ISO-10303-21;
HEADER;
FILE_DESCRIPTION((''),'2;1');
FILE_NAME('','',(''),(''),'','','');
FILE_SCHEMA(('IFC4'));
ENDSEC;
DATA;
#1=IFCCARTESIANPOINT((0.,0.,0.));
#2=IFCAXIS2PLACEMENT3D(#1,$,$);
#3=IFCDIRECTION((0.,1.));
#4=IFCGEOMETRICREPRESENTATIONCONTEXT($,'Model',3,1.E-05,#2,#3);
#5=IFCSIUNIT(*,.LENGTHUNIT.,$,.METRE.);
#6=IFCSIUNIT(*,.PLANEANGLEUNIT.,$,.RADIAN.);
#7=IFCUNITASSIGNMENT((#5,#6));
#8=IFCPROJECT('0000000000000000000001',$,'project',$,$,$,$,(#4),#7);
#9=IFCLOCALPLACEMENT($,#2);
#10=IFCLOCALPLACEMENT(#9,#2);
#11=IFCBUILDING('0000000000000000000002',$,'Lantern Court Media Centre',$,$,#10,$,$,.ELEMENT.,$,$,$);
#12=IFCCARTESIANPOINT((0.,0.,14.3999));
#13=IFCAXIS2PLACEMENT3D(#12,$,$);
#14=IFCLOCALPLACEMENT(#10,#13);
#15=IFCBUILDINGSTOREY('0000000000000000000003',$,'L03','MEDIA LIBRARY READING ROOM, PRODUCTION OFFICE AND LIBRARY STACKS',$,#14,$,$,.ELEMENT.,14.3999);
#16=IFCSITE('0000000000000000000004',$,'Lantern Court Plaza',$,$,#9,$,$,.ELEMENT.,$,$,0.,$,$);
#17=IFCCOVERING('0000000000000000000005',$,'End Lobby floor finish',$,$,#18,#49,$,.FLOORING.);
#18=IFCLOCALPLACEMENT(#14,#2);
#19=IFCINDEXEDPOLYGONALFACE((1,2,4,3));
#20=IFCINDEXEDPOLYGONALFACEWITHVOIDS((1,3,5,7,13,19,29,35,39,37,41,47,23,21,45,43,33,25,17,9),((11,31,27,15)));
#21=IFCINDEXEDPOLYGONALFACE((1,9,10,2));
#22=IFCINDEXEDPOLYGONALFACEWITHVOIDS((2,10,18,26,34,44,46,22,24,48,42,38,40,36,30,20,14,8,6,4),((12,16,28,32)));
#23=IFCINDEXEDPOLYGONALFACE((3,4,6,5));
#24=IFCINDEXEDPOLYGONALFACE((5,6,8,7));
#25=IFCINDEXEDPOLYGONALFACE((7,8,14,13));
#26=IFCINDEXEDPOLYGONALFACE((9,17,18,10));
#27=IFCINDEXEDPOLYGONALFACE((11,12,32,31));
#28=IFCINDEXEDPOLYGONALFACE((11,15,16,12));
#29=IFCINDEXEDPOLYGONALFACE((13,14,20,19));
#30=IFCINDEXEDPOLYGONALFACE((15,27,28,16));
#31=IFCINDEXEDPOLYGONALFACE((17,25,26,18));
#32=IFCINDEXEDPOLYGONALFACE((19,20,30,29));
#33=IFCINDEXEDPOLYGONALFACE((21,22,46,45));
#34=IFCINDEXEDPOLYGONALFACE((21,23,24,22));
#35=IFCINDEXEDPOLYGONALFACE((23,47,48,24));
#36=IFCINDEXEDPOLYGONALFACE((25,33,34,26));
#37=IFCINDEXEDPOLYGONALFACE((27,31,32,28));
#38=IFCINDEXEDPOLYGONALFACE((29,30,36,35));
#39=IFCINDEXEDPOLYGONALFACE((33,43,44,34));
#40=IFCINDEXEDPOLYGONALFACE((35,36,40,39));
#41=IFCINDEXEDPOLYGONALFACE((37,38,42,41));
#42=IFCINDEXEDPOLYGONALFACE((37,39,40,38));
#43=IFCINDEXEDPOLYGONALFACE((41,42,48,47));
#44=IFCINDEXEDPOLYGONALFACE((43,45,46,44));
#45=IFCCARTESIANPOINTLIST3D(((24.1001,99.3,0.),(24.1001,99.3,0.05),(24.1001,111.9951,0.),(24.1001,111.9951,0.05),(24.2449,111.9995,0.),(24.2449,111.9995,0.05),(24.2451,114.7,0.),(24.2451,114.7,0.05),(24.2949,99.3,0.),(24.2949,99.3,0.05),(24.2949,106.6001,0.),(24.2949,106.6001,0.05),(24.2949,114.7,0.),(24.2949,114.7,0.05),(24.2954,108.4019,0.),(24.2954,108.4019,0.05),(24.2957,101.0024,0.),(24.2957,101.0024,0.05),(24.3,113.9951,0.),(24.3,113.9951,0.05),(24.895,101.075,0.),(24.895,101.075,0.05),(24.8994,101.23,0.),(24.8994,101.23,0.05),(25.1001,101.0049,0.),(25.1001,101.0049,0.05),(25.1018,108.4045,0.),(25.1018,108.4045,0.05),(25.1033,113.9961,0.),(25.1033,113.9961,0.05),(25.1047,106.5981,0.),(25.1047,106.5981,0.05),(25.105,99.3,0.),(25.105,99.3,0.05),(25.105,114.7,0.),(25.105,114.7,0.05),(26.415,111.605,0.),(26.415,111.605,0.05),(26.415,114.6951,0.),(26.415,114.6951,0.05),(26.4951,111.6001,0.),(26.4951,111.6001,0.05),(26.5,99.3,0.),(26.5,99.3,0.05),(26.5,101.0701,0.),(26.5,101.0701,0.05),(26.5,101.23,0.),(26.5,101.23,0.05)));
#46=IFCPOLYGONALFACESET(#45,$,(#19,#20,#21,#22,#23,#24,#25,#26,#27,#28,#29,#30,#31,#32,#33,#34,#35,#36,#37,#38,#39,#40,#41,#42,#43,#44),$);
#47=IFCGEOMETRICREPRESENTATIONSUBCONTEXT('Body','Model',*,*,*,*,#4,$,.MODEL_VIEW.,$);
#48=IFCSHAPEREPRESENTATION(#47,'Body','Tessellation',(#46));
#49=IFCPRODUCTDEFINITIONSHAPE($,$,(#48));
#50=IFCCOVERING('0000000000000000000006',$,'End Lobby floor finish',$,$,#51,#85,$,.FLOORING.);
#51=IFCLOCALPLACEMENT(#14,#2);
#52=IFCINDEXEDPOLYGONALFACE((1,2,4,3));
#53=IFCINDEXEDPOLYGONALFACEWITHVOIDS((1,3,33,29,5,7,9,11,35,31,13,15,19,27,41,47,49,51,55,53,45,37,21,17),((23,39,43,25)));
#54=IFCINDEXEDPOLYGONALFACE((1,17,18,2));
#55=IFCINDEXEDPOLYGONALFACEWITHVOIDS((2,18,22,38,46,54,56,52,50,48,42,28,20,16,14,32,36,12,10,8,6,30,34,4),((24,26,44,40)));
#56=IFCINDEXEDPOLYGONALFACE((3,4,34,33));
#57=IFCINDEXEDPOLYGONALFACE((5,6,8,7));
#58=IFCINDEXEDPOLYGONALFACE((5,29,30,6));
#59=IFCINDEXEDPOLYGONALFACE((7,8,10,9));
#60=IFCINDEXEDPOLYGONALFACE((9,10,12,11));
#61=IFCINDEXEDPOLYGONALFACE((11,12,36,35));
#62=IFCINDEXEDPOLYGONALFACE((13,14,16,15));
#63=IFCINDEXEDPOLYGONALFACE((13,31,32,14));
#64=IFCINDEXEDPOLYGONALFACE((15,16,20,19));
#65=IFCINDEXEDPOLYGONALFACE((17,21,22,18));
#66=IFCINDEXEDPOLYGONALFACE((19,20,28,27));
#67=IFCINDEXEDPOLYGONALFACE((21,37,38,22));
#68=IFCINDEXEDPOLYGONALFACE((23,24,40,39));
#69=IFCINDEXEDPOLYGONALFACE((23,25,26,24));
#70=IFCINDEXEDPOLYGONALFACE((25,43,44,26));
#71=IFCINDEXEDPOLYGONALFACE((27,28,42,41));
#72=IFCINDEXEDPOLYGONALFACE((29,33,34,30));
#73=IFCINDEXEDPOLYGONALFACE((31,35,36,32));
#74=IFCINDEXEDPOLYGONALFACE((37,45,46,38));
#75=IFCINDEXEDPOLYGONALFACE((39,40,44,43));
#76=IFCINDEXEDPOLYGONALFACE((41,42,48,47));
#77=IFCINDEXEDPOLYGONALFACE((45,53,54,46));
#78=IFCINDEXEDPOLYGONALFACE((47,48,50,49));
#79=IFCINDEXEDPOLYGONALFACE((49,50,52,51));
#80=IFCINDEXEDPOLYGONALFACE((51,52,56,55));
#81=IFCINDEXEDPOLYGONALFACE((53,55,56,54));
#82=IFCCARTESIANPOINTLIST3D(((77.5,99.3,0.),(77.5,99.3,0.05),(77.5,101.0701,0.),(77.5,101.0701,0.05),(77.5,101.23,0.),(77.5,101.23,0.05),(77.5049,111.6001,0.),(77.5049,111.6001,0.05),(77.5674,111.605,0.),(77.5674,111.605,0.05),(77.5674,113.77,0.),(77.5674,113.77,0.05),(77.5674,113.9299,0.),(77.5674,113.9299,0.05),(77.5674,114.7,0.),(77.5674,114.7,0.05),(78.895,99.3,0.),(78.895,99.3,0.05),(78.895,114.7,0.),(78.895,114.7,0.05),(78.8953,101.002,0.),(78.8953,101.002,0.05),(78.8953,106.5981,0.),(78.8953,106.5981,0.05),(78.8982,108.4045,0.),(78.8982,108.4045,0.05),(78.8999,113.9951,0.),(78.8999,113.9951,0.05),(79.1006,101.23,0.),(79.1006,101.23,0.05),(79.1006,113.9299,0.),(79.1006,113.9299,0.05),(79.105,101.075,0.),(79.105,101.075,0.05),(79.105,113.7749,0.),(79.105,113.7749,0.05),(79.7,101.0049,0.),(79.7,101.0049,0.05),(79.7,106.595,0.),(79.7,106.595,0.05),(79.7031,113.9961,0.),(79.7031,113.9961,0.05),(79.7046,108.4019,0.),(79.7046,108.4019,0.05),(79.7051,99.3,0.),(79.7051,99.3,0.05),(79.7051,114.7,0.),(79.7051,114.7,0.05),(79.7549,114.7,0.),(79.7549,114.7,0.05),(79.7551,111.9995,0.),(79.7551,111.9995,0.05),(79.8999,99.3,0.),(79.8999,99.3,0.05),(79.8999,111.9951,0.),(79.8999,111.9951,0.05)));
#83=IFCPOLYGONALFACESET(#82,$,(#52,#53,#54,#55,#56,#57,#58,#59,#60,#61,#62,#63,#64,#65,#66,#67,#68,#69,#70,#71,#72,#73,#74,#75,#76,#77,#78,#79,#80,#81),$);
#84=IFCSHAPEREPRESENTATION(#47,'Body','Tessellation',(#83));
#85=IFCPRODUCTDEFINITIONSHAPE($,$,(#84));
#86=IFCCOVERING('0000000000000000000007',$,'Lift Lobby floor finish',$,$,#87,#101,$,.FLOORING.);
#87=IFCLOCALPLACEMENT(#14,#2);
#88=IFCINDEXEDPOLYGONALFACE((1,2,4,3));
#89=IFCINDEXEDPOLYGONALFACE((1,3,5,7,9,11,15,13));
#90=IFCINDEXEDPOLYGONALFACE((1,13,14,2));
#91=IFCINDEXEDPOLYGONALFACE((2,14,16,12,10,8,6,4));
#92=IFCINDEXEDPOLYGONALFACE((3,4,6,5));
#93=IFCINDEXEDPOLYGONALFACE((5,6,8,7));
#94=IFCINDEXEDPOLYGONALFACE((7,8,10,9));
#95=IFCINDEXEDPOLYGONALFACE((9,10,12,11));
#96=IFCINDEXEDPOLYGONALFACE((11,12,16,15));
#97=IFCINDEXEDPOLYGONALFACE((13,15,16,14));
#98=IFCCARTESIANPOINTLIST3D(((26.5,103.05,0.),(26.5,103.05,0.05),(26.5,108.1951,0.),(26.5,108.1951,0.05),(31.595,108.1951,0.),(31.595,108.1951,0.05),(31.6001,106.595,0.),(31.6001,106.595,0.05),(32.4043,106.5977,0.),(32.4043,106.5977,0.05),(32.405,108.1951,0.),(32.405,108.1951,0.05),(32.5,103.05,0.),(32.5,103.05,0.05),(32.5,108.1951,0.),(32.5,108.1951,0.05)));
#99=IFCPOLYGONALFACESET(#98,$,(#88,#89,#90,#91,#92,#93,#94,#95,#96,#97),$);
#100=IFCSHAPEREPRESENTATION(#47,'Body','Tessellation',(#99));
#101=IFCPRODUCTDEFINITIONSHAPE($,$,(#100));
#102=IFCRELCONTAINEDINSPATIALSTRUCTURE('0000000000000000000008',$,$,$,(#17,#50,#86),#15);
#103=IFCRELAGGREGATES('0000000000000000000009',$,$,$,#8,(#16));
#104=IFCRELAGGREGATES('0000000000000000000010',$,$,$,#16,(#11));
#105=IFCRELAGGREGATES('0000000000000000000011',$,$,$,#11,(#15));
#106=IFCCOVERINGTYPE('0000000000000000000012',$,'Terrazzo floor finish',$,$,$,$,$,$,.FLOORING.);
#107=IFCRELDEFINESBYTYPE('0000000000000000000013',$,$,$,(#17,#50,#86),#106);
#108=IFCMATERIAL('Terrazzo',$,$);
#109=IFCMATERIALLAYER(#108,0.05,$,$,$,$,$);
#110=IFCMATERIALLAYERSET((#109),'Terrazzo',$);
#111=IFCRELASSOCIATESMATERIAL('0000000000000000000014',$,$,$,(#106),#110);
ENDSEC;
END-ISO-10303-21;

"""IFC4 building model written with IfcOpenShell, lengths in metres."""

from ifc_helpers import new_model, si_unit, direction, frame, origin, place, context, subcontext, project, spatial, polyline, outline, extrude, material, layer, layer_set, type_object, element, save


model = new_model("IFC4")

# Units and contexts
model_context = context("Model", 3, precision=1e-05, world=origin(), true_north=direction((0.0, 1.0)))
body_context = subcontext(model_context, "Body", "Model", "MODEL_VIEW")
ifc_project = project(units=[si_unit("LENGTHUNIT", "METRE"), si_unit("PLANEANGLEUNIT", "RADIAN")], contexts=[model_context])

# Site, building, storey
site_placement = place(None, origin())
site = spatial("IfcSite", under=ifc_project, at=site_placement, Name="Lantern Court Plaza", CompositionType="ELEMENT", RefElevation=0.0)
building_placement = place(site_placement, origin())
building = spatial("IfcBuilding", under=site, at=building_placement, Name="Lantern Court Media Centre", CompositionType="ELEMENT")
storey_placement = place(building_placement, frame((0.0, 0.0, 14.3999)))
storey = spatial("IfcBuildingStorey", under=building, at=storey_placement, Name="L03", Description="MEDIA LIBRARY READING ROOM, PRODUCTION OFFICE AND LIBRARY STACKS", CompositionType="ELEMENT", Elevation=14.3999)

# Coverings
ifc_material_1 = material(Name="Terrazzo")
ifc_layer_1 = layer(ifc_material_1, 0.05)
ifc_layer_set_1 = layer_set([ifc_layer_1], Name="Terrazzo")
covering_type_1 = type_object("IfcCoveringType", Name="Terrazzo floor finish", PredefinedType="FLOORING", material=ifc_layer_set_1)
covering_1_placement = place(storey_placement, origin())
element("IfcCovering", 1, at=covering_1_placement, inside=storey, type_object=covering_type_1, Name="End Lobby floor finish", PredefinedType="FLOORING", context=body_context, shape_type="SweptSolid", body=[
    extrude(outline(polyline([(26.5, 99.3), (25.105, 99.3), (25.1001, 101.0049), (24.2957, 101.0024), (24.2949, 99.3), (24.1001, 99.3), (24.1001, 111.9951), (24.2449, 111.9995), (24.2451, 114.7), (24.2949, 114.7), (24.3, 113.9951), (25.1033, 113.9961), (25.105, 114.7), (26.415, 114.6951), (26.415, 111.605), (26.4951, 111.6001), (26.5, 101.23), (24.8994, 101.23), (24.895, 101.075), (26.5, 101.0701), (26.5, 99.3)]), holes=[polyline([(24.2949, 106.6001), (25.1047, 106.5981), (25.1018, 108.4045), (24.2954, 108.4019), (24.2949, 106.6001)])]), origin(), (0.0, 0.0, 1.0), 0.05),
])
covering_2_placement = place(storey_placement, origin())
element("IfcCovering", 2, at=covering_2_placement, inside=storey, type_object=covering_type_1, Name="End Lobby floor finish", PredefinedType="FLOORING", context=body_context, shape_type="SweptSolid", body=[
    extrude(outline(polyline([(79.8999, 99.3), (79.7051, 99.3), (79.7, 101.0049), (78.8953, 101.002), (78.895, 99.3), (77.5, 99.3), (77.5, 101.0701), (79.105, 101.075), (79.1006, 101.23), (77.5, 101.23), (77.5049, 111.6001), (77.5674, 111.605), (77.5674, 113.77), (79.105, 113.7749), (79.1006, 113.9299), (77.5674, 113.9299), (77.5674, 114.7), (78.895, 114.7), (78.8999, 113.9951), (79.7031, 113.9961), (79.7051, 114.7), (79.7549, 114.7), (79.7551, 111.9995), (79.8999, 111.9951), (79.8999, 99.3)]), holes=[polyline([(79.7, 106.595), (79.7046, 108.4019), (78.8982, 108.4045), (78.8953, 106.5981), (79.7, 106.595)])]), origin(), (0.0, 0.0, 1.0), 0.05),
])
covering_3_placement = place(storey_placement, origin())
element("IfcCovering", 3, at=covering_3_placement, inside=storey, type_object=covering_type_1, Name="Lift Lobby floor finish", PredefinedType="FLOORING", context=body_context, shape_type="SweptSolid", body=[
    extrude(outline(polyline([(32.5, 103.05), (26.5, 103.05), (26.5, 108.1951), (31.595, 108.1951), (31.6001, 106.595), (32.4043, 106.5977), (32.405, 108.1951), (32.5, 108.1951), (32.5, 103.05)])), origin(), (0.0, 0.0, 1.0), 0.05),
])

save(model, "model.ifc")
